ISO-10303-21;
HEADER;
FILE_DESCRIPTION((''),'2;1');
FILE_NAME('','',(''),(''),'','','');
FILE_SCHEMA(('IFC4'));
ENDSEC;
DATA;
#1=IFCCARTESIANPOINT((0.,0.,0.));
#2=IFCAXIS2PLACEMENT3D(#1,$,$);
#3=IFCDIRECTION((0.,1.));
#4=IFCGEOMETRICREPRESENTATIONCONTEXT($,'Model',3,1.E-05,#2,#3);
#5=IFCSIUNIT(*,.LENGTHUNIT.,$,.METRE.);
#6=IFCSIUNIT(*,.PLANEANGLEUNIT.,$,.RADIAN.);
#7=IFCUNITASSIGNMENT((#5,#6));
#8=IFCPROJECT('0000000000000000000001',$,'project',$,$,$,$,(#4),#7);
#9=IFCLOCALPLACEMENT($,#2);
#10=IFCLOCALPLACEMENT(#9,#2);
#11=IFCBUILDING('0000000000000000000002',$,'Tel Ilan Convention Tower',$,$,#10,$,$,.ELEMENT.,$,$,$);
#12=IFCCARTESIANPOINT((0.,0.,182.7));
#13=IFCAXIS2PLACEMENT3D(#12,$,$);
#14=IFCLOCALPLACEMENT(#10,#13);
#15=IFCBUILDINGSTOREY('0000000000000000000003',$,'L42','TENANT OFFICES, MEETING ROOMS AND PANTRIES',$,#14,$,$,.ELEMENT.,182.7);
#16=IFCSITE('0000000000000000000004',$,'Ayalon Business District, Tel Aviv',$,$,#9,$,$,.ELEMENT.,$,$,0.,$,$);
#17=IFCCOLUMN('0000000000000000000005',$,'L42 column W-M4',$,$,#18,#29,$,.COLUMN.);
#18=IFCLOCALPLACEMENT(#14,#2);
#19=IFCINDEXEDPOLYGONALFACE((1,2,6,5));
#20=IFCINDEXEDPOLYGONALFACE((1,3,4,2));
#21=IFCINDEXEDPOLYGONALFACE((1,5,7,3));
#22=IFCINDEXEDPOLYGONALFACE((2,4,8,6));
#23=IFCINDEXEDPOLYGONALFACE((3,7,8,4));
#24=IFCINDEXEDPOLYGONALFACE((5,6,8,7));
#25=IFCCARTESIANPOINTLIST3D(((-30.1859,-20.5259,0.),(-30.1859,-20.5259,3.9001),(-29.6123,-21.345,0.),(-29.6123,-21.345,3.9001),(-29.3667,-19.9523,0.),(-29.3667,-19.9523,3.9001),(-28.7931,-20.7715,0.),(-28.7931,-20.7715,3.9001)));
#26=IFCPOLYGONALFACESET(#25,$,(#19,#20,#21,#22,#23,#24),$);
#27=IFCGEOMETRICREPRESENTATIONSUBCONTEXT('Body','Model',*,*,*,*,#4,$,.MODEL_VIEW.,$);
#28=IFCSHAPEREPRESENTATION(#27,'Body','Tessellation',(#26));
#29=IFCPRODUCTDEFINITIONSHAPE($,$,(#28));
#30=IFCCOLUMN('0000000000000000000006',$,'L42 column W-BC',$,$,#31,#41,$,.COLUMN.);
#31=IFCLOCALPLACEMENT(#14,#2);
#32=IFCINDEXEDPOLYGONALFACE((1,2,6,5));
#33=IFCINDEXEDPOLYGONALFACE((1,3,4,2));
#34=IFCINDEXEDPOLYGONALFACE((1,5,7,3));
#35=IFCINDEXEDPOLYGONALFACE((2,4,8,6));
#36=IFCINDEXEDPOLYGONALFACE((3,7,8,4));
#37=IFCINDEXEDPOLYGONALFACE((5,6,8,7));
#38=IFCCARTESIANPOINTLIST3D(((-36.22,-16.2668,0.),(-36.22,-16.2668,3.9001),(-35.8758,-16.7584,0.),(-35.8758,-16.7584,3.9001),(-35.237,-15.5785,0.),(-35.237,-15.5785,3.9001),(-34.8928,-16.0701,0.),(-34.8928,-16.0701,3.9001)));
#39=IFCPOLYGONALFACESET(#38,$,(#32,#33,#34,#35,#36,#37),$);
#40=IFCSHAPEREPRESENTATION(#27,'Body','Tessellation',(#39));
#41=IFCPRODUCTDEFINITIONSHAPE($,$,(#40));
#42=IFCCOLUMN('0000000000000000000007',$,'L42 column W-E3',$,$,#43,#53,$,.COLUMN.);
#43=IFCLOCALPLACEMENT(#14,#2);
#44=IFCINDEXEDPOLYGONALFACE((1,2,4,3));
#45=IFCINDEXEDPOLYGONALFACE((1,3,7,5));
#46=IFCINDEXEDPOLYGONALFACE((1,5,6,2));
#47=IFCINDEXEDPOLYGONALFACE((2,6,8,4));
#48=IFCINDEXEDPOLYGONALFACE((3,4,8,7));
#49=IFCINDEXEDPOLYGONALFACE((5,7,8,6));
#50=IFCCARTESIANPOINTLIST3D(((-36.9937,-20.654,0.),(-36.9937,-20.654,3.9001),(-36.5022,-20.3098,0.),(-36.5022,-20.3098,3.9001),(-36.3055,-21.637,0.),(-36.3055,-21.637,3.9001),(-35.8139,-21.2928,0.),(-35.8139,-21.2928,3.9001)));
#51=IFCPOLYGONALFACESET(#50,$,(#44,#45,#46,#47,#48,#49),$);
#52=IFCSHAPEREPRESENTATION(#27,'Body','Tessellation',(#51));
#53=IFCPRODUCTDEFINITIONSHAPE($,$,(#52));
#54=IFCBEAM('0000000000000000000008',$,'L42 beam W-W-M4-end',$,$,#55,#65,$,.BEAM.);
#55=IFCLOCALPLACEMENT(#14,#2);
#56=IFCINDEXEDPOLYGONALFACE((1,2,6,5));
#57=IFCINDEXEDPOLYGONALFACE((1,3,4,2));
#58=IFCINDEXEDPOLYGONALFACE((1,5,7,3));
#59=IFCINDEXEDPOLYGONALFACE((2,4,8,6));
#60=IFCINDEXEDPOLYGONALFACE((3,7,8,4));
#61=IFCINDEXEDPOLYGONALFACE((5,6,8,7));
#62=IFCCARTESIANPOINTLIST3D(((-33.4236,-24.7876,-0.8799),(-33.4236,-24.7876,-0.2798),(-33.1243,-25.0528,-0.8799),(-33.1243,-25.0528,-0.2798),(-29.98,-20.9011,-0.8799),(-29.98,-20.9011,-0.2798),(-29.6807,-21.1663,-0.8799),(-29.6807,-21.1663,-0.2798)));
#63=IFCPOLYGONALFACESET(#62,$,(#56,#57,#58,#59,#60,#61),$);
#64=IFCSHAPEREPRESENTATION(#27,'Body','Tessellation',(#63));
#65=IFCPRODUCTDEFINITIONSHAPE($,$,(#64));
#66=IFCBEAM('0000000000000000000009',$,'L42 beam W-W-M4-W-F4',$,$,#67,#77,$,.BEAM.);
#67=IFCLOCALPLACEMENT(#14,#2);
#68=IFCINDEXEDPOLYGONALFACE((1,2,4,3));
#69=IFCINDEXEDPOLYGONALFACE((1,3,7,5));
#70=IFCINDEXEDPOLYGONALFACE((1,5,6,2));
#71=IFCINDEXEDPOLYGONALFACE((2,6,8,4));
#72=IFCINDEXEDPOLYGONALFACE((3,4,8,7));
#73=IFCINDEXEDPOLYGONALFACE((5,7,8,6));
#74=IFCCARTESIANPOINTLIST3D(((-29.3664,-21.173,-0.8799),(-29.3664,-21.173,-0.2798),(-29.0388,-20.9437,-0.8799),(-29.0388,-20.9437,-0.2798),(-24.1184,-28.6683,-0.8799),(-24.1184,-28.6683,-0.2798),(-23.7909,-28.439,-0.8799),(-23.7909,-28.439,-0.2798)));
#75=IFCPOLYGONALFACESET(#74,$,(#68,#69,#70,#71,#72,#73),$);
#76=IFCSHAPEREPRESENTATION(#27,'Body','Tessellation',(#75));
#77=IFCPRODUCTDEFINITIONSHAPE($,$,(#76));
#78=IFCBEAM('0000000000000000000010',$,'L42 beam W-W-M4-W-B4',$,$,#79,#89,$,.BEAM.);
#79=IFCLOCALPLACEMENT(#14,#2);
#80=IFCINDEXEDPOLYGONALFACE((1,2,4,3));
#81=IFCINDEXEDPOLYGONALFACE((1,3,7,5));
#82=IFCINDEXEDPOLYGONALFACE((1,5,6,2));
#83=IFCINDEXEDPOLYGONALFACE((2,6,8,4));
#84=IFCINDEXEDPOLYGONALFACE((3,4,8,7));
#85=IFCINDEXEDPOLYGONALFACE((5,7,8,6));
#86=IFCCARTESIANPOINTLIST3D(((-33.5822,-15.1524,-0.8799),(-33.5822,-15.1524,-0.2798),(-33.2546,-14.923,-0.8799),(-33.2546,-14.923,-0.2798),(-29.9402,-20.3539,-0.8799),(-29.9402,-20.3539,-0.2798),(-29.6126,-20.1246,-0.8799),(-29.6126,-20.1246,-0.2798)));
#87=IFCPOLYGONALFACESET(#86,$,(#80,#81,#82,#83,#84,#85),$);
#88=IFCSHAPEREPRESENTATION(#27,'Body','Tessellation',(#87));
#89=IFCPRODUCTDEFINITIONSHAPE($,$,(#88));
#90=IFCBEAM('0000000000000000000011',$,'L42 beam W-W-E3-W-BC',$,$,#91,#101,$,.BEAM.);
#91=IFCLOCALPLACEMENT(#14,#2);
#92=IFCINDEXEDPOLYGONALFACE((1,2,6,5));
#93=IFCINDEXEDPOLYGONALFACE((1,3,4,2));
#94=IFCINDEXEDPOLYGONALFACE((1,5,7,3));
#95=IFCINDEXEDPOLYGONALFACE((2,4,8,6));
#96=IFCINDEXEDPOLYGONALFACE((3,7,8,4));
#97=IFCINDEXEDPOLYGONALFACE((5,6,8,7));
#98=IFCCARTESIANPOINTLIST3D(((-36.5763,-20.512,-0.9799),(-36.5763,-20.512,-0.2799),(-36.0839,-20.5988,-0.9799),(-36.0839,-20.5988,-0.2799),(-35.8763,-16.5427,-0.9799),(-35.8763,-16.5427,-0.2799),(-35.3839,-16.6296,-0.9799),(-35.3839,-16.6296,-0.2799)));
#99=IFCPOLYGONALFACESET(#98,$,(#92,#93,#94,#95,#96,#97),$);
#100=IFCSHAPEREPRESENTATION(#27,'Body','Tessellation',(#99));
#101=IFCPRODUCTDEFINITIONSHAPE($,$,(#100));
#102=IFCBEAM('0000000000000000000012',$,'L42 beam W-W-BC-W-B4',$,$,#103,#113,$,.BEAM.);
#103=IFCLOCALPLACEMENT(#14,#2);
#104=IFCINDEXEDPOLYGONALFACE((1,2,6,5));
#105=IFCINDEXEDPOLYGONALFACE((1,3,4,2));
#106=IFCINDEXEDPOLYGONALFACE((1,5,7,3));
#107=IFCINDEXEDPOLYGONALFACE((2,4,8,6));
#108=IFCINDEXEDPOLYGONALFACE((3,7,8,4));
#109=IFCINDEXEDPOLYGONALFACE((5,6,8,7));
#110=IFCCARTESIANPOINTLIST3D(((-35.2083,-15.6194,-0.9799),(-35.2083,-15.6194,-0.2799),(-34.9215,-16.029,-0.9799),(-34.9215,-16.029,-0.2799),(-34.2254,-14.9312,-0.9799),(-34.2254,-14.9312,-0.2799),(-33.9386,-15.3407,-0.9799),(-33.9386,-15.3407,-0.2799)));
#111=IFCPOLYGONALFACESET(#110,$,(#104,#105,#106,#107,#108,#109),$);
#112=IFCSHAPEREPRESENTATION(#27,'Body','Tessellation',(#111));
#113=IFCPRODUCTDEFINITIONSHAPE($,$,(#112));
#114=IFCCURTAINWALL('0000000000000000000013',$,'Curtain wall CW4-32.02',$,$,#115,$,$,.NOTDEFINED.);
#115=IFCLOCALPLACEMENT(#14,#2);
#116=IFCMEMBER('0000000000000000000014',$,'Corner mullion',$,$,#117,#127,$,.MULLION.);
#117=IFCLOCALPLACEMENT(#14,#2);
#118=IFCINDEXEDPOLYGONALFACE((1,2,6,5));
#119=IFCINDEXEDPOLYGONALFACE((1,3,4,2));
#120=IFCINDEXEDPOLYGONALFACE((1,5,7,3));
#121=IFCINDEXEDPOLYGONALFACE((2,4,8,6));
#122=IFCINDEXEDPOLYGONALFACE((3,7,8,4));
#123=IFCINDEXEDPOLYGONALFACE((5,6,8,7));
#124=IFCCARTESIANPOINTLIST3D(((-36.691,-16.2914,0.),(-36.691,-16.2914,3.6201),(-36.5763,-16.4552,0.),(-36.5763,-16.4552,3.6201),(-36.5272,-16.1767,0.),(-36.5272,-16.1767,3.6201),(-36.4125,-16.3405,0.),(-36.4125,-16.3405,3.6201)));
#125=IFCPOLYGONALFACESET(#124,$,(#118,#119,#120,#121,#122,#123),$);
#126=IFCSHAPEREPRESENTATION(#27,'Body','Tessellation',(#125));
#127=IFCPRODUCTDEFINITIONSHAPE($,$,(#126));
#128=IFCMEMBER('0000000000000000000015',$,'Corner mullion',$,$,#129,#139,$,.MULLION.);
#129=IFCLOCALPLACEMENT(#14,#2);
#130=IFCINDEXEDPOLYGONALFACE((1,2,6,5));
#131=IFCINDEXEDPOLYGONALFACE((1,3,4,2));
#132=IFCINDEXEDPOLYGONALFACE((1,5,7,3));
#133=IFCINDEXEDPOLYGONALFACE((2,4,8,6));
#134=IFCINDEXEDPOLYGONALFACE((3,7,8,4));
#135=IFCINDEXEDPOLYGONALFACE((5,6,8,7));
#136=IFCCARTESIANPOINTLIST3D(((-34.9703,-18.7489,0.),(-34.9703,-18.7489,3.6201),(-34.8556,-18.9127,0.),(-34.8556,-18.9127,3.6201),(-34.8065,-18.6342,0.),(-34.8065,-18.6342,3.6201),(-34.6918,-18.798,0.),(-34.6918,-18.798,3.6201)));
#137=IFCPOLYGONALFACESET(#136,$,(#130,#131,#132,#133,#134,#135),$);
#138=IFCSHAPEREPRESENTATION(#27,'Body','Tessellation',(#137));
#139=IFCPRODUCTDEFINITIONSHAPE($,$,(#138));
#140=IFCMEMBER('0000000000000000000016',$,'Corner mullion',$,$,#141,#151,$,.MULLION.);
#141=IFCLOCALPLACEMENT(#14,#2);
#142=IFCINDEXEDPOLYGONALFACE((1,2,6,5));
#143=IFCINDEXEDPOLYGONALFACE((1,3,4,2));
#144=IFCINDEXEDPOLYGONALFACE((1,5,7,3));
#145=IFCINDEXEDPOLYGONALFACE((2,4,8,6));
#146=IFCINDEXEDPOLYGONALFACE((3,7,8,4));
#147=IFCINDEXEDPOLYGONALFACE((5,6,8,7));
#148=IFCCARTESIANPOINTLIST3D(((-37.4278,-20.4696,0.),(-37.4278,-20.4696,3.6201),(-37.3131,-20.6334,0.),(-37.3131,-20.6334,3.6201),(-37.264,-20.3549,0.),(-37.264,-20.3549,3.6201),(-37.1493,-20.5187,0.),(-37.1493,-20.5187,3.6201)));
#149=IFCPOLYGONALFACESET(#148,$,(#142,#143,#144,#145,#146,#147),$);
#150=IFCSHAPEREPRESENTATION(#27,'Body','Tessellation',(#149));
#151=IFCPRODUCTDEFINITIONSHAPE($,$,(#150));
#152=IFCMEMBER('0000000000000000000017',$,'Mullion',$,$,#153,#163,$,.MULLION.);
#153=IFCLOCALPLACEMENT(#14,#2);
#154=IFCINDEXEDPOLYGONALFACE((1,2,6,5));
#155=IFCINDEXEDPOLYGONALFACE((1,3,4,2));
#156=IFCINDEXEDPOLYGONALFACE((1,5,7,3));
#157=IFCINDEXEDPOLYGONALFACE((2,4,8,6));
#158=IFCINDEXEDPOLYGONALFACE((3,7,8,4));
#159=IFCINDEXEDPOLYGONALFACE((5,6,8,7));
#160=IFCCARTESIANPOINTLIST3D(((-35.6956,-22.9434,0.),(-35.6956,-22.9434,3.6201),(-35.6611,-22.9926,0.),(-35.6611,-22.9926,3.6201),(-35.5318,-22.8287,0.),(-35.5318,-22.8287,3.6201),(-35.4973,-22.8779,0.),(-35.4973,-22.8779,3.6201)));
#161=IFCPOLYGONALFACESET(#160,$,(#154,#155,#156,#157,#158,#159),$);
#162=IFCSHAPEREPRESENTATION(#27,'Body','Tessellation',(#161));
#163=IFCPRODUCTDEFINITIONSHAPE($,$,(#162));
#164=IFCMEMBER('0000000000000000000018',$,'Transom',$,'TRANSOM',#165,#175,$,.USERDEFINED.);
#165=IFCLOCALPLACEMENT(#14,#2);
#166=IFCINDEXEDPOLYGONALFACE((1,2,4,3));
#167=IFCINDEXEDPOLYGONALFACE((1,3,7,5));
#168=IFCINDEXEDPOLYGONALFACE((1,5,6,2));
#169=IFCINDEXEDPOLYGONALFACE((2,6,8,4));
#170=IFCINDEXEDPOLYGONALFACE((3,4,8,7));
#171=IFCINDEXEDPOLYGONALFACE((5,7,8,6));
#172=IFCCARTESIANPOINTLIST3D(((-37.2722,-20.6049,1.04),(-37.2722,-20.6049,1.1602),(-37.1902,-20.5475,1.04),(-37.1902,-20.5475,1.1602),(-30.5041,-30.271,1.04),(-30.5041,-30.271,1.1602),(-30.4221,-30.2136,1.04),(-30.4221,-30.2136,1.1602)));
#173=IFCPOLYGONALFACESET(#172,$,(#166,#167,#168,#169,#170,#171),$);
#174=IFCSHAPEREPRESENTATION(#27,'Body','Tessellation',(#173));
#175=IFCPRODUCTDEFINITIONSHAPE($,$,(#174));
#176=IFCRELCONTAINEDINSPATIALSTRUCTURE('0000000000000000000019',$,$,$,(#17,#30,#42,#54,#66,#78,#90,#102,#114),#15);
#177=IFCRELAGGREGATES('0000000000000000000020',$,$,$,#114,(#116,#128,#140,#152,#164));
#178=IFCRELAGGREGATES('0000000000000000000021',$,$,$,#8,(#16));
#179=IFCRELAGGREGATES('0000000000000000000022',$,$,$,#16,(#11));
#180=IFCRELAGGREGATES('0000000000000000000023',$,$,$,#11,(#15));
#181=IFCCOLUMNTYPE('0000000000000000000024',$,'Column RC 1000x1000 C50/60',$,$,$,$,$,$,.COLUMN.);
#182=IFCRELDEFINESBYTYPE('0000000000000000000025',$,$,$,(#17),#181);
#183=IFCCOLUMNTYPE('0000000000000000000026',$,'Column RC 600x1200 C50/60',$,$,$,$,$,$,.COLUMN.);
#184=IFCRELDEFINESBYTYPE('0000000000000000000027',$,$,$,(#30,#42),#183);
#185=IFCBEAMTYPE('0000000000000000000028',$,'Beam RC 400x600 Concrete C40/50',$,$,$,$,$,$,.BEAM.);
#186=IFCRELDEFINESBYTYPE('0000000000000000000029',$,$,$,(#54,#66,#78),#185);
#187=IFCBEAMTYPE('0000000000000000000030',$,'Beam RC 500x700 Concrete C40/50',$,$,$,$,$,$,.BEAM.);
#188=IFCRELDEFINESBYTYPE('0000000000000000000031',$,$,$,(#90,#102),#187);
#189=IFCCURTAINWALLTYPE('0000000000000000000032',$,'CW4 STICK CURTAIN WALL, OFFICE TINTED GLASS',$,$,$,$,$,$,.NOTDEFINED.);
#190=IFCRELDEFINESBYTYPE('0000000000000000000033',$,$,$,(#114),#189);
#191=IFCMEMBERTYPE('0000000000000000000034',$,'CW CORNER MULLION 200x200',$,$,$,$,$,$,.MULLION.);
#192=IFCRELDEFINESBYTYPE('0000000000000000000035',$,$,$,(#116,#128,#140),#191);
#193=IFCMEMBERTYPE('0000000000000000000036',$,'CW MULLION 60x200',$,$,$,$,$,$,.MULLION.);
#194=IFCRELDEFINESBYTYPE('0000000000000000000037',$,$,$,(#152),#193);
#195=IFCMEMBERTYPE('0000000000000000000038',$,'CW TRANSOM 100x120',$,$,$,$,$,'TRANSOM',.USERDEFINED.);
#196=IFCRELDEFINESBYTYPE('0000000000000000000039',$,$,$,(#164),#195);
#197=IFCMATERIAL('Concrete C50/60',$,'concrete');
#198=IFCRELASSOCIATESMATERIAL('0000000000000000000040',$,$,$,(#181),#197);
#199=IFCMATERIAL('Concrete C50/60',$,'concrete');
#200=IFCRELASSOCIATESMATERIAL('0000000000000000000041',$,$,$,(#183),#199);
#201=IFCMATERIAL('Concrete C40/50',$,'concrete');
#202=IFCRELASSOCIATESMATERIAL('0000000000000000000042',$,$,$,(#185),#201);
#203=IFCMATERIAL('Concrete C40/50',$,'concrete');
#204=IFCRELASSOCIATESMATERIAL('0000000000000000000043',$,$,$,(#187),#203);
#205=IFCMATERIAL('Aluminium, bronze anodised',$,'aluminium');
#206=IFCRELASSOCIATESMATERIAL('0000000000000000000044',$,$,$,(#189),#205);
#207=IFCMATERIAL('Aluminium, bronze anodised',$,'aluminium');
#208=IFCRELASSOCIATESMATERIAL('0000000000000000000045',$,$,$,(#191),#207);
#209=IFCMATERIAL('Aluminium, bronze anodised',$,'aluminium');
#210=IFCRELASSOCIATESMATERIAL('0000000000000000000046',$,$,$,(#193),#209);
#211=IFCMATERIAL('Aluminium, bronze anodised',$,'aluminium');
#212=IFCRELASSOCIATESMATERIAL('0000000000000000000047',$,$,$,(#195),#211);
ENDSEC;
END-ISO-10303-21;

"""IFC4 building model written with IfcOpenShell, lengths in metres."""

from ifc_helpers import new_model, si_unit, direction, frame, origin, origin_2d, place, context, subcontext, project, spatial, rectangle, extrude, material, material_profile, profile_set, type_object, element, aggregate, save


model = new_model("IFC4")

# Units and contexts
model_context = context("Model", 3, precision=1e-05, world=origin(), true_north=direction((0.0, 1.0)))
body_context = subcontext(model_context, "Body", "Model", "MODEL_VIEW")
ifc_project = project(units=[si_unit("LENGTHUNIT", "METRE"), si_unit("PLANEANGLEUNIT", "RADIAN")], contexts=[model_context])

# Site, building, storey
site_placement = place(None, origin())
site = spatial("IfcSite", under=ifc_project, at=site_placement, Name="Ayalon Business District, Tel Aviv", CompositionType="ELEMENT", RefElevation=0.0)
building_placement = place(site_placement, origin())
building = spatial("IfcBuilding", under=site, at=building_placement, Name="Tel Ilan Convention Tower", CompositionType="ELEMENT")
storey_placement = place(building_placement, frame((0.0, 0.0, 182.7)))
storey = spatial("IfcBuildingStorey", under=building, at=storey_placement, Name="L42", Description="TENANT OFFICES, MEETING ROOMS AND PANTRIES", CompositionType="ELEMENT", Elevation=182.7)

# Columns
ifc_material_1 = material(Name="Concrete C50/60", Category="concrete")
ifc_material_profile_1 = material_profile(ifc_material_1, rectangle(XDim=1.0, YDim=1.0, at=origin_2d()), Name="RC 1000x1000")
ifc_profile_set_1 = profile_set([ifc_material_profile_1], Name="Concrete C50/60")
column_type_1 = type_object("IfcColumnType", Name="Column RC 1000x1000 C50/60", PredefinedType="COLUMN", material=ifc_profile_set_1)
column_placement = place(storey_placement, frame((-29.4895, -20.6487, 0.0), z_axis=(0.0, 0.0, 1.0), x_axis=(-0.819152, -0.573576, 0.0)))
element("IfcColumn", 1, at=column_placement, inside=storey, type_object=column_type_1, Name="L42 column W-M4", PredefinedType="COLUMN", context=body_context, shape_type="SweptSolid", body=[
    extrude(rectangle(XDim=1.0, YDim=1.0, at=origin_2d()), origin(), (0.0, 0.0, 1.0), 3.9001),
])
ifc_material_2 = material(Name="Concrete C50/60", Category="concrete")
ifc_material_profile_2 = material_profile(ifc_material_2, rectangle(XDim=1.2, YDim=0.6001, at=origin_2d()), Name="RC 600x1200")
ifc_profile_set_2 = profile_set([ifc_material_profile_2], Name="Concrete C50/60")
column_type_2 = type_object("IfcColumnType", Name="Column RC 600x1200 C50/60", PredefinedType="COLUMN", material=ifc_profile_set_2)
for number, where, z_axis, x_axis, name in (
    (2, (-35.5564, -16.1685, 0.0), (0.0, 0.0, 1.0), (-0.819152, -0.573576, 0.0), "L42 column W-BC"),
    (3, (-36.4038, -20.9734, 0.0), (0.0, 0.0, 1.0), (-0.573576, 0.819152, 0.0), "L42 column W-E3"),
):
    element("IfcColumn", number, at=place(storey_placement, frame(where, z_axis=z_axis, x_axis=x_axis)), inside=storey, type_object=column_type_2, Name=name, PredefinedType="COLUMN", context=body_context, shape_type="SweptSolid", body=[
        extrude(rectangle(XDim=1.2, YDim=0.6001, at=origin_2d()), origin(), (0.0, 0.0, 1.0), 3.9001),
    ])

# Beams
ifc_material_3 = material(Name="Concrete C40/50", Category="concrete")
ifc_material_profile_3 = material_profile(ifc_material_3, rectangle(XDim=0.3999, YDim=0.6001, at=origin_2d()), Name="RC 400x600")
ifc_profile_set_3 = profile_set([ifc_material_profile_3], Name="Concrete C40/50")
beam_type_1 = type_object("IfcBeamType", Name="Beam RC 400x600 Concrete C40/50", PredefinedType="BEAM", material=ifc_profile_set_3)
beam_1_placement = place(storey_placement, frame((-29.8303, -21.0337, -0.5798), z_axis=(-0.663175, -0.748464, 0.0), x_axis=(0.748464, -0.663175, 0.0)))
element("IfcBeam", 4, at=beam_1_placement, inside=storey, type_object=beam_type_1, Name="L42 beam W-W-M4-end", PredefinedType="BEAM", context=body_context, shape_type="SweptSolid", body=[
    extrude(rectangle(XDim=0.3999, YDim=0.6001, at=origin_2d()), origin(), (0.0, 0.0, 1.0), 5.1926),
])
beam_2_placement = place(storey_placement, frame((-29.2026, -21.0583, -0.5798), z_axis=(0.573557, -0.819165, 0.0), x_axis=(0.819165, 0.573557, 0.0)))
element("IfcBeam", 5, at=beam_2_placement, inside=storey, type_object=beam_type_1, Name="L42 beam W-W-M4-W-F4", PredefinedType="BEAM", context=body_context, shape_type="SweptSolid", body=[
    extrude(rectangle(XDim=0.3999, YDim=0.6001, at=origin_2d()), origin(), (0.0, 0.0, 1.0), 9.1499),
])
beam_3_placement = place(storey_placement, frame((-29.7764, -20.2393, -0.5798), z_axis=(-0.57356, 0.819163, 0.0), x_axis=(-0.819163, -0.57356, 0.0)))
element("IfcBeam", 6, at=beam_3_placement, inside=storey, type_object=beam_type_1, Name="L42 beam W-W-M4-W-B4", PredefinedType="BEAM", context=body_context, shape_type="SweptSolid", body=[
    extrude(rectangle(XDim=0.3999, YDim=0.6001, at=origin_2d()), origin(), (0.0, 0.0, 1.0), 6.3499),
])
ifc_material_4 = material(Name="Concrete C40/50", Category="concrete")
ifc_material_profile_4 = material_profile(ifc_material_4, rectangle(XDim=0.5, YDim=0.7, at=origin_2d()), Name="RC 500x700")
ifc_profile_set_4 = profile_set([ifc_material_profile_4], Name="Concrete C40/50")
beam_type_2 = type_object("IfcBeamType", Name="Beam RC 500x700 Concrete C40/50", PredefinedType="BEAM", material=ifc_profile_set_4)
beam_4_placement = place(storey_placement, frame((-36.3301, -20.5554, -0.6299), z_axis=(0.173664, 0.984805, 0.0), x_axis=(-0.984805, 0.173664, 0.0)))
element("IfcBeam", 7, at=beam_4_placement, inside=storey, type_object=beam_type_2, Name="L42 beam W-W-E3-W-BC", PredefinedType="BEAM", context=body_context, shape_type="SweptSolid", body=[
    extrude(rectangle(XDim=0.5, YDim=0.7, at=origin_2d()), origin(), (0.0, 0.0, 1.0), 4.0305),
])
beam_5_placement = place(storey_placement, frame((-35.0649, -15.8242, -0.6299), z_axis=(0.819155, 0.573572, 0.0), x_axis=(-0.573572, 0.819155, 0.0)))
element("IfcBeam", 8, at=beam_5_placement, inside=storey, type_object=beam_type_2, Name="L42 beam W-W-BC-W-B4", PredefinedType="BEAM", context=body_context, shape_type="SweptSolid", body=[
    extrude(rectangle(XDim=0.5, YDim=0.7, at=origin_2d()), origin(), (0.0, 0.0, 1.0), 1.2),
])

# Curtain wall, members
ifc_material_5 = material(Name="Aluminium, bronze anodised", Category="aluminium")
curtain_wall_type = type_object("IfcCurtainWallType", Name="CW4 STICK CURTAIN WALL, OFFICE TINTED GLASS", PredefinedType="NOTDEFINED", material=ifc_material_5)
curtain_wall_placement = place(storey_placement, origin())
curtain_wall = element("IfcCurtainWall", 9, at=curtain_wall_placement, inside=storey, type_object=curtain_wall_type, Name="Curtain wall CW4-32.02", PredefinedType="NOTDEFINED")
ifc_material_6 = material(Name="Aluminium, bronze anodised", Category="aluminium")
ifc_material_profile_5 = material_profile(ifc_material_6, rectangle(XDim=0.2, YDim=0.2, at=origin_2d()), Name="CW CORNER MULLION 200x200")
ifc_profile_set_5 = profile_set([ifc_material_profile_5], Name="Aluminium, bronze anodised")
member_type_1 = type_object("IfcMemberType", Name="CW CORNER MULLION 200x200", PredefinedType="MULLION", material=ifc_profile_set_5)
member_1_placement = place(storey_placement, frame((-36.5518, -16.3159, 0.0), z_axis=(0.0, 0.0, 1.0), x_axis=(-0.819152, -0.573576, 0.0)))
member_1 = element("IfcMember", 10, at=member_1_placement, type_object=member_type_1, Name="Corner mullion", PredefinedType="MULLION", context=body_context, shape_type="SweptSolid", body=[
    extrude(rectangle(XDim=0.2, YDim=0.2, at=origin_2d()), origin(), (0.0, 0.0, 1.0), 3.6201),
])
member_2_placement = place(storey_placement, frame((-34.8311, -18.7734, 0.0), z_axis=(0.0, 0.0, 1.0), x_axis=(0.573576, -0.819152, 0.0)))
member_2 = element("IfcMember", 11, at=member_2_placement, type_object=member_type_1, Name="Corner mullion", PredefinedType="MULLION", context=body_context, shape_type="SweptSolid", body=[
    extrude(rectangle(XDim=0.2, YDim=0.2, at=origin_2d()), origin(), (0.0, 0.0, 1.0), 3.6201),
])
member_3_placement = place(storey_placement, frame((-37.2886, -20.4941, 0.0), z_axis=(0.0, 0.0, 1.0), x_axis=(-0.819152, -0.573576, 0.0)))
member_3 = element("IfcMember", 12, at=member_3_placement, type_object=member_type_1, Name="Corner mullion", PredefinedType="MULLION", context=body_context, shape_type="SweptSolid", body=[
    extrude(rectangle(XDim=0.2, YDim=0.2, at=origin_2d()), origin(), (0.0, 0.0, 1.0), 3.6201),
])
ifc_material_7 = material(Name="Aluminium, bronze anodised", Category="aluminium")
ifc_material_profile_6 = material_profile(ifc_material_7, rectangle(XDim=0.0601, YDim=0.2, at=origin_2d()), Name="CW MULLION 60x200")
ifc_profile_set_6 = profile_set([ifc_material_profile_6], Name="Aluminium, bronze anodised")
member_type_2 = type_object("IfcMemberType", Name="CW MULLION 60x200", PredefinedType="MULLION", material=ifc_profile_set_6)
member_4_placement = place(storey_placement, frame((-35.5964, -22.9106, 0.0), z_axis=(0.0, 0.0, 1.0), x_axis=(0.573576, -0.819152, 0.0)))
member_4 = element("IfcMember", 13, at=member_4_placement, type_object=member_type_2, Name="Mullion", PredefinedType="MULLION", context=body_context, shape_type="SweptSolid", body=[
    extrude(rectangle(XDim=0.0601, YDim=0.2, at=origin_2d()), origin(), (0.0, 0.0, 1.0), 3.6201),
])
ifc_material_8 = material(Name="Aluminium, bronze anodised", Category="aluminium")
ifc_material_profile_7 = material_profile(ifc_material_8, rectangle(XDim=0.1001, YDim=0.1201, at=origin_2d()), Name="CW TRANSOM 100x120")
ifc_profile_set_7 = profile_set([ifc_material_profile_7], Name="Aluminium, bronze anodised")
member_type_3 = type_object("IfcMemberType", Name="CW TRANSOM 100x120", ElementType="TRANSOM", PredefinedType="USERDEFINED", material=ifc_profile_set_7)
member_5_placement = place(storey_placement, frame((-37.2312, -20.5762, 1.1001), z_axis=(0.573568, -0.819158, 0.0), x_axis=(0.819158, 0.573568, 0.0)))
member_5 = element("IfcMember", 14, at=member_5_placement, type_object=member_type_3, Name="Transom", ObjectType="TRANSOM", PredefinedType="USERDEFINED", context=body_context, shape_type="SweptSolid", body=[
    extrude(rectangle(XDim=0.1001, YDim=0.1201, at=origin_2d()), origin(), (0.0, 0.0, 1.0), 11.8),
])
aggregate(curtain_wall, [member_1, member_2, member_3, member_4, member_5])

save(model, "model.ifc")
